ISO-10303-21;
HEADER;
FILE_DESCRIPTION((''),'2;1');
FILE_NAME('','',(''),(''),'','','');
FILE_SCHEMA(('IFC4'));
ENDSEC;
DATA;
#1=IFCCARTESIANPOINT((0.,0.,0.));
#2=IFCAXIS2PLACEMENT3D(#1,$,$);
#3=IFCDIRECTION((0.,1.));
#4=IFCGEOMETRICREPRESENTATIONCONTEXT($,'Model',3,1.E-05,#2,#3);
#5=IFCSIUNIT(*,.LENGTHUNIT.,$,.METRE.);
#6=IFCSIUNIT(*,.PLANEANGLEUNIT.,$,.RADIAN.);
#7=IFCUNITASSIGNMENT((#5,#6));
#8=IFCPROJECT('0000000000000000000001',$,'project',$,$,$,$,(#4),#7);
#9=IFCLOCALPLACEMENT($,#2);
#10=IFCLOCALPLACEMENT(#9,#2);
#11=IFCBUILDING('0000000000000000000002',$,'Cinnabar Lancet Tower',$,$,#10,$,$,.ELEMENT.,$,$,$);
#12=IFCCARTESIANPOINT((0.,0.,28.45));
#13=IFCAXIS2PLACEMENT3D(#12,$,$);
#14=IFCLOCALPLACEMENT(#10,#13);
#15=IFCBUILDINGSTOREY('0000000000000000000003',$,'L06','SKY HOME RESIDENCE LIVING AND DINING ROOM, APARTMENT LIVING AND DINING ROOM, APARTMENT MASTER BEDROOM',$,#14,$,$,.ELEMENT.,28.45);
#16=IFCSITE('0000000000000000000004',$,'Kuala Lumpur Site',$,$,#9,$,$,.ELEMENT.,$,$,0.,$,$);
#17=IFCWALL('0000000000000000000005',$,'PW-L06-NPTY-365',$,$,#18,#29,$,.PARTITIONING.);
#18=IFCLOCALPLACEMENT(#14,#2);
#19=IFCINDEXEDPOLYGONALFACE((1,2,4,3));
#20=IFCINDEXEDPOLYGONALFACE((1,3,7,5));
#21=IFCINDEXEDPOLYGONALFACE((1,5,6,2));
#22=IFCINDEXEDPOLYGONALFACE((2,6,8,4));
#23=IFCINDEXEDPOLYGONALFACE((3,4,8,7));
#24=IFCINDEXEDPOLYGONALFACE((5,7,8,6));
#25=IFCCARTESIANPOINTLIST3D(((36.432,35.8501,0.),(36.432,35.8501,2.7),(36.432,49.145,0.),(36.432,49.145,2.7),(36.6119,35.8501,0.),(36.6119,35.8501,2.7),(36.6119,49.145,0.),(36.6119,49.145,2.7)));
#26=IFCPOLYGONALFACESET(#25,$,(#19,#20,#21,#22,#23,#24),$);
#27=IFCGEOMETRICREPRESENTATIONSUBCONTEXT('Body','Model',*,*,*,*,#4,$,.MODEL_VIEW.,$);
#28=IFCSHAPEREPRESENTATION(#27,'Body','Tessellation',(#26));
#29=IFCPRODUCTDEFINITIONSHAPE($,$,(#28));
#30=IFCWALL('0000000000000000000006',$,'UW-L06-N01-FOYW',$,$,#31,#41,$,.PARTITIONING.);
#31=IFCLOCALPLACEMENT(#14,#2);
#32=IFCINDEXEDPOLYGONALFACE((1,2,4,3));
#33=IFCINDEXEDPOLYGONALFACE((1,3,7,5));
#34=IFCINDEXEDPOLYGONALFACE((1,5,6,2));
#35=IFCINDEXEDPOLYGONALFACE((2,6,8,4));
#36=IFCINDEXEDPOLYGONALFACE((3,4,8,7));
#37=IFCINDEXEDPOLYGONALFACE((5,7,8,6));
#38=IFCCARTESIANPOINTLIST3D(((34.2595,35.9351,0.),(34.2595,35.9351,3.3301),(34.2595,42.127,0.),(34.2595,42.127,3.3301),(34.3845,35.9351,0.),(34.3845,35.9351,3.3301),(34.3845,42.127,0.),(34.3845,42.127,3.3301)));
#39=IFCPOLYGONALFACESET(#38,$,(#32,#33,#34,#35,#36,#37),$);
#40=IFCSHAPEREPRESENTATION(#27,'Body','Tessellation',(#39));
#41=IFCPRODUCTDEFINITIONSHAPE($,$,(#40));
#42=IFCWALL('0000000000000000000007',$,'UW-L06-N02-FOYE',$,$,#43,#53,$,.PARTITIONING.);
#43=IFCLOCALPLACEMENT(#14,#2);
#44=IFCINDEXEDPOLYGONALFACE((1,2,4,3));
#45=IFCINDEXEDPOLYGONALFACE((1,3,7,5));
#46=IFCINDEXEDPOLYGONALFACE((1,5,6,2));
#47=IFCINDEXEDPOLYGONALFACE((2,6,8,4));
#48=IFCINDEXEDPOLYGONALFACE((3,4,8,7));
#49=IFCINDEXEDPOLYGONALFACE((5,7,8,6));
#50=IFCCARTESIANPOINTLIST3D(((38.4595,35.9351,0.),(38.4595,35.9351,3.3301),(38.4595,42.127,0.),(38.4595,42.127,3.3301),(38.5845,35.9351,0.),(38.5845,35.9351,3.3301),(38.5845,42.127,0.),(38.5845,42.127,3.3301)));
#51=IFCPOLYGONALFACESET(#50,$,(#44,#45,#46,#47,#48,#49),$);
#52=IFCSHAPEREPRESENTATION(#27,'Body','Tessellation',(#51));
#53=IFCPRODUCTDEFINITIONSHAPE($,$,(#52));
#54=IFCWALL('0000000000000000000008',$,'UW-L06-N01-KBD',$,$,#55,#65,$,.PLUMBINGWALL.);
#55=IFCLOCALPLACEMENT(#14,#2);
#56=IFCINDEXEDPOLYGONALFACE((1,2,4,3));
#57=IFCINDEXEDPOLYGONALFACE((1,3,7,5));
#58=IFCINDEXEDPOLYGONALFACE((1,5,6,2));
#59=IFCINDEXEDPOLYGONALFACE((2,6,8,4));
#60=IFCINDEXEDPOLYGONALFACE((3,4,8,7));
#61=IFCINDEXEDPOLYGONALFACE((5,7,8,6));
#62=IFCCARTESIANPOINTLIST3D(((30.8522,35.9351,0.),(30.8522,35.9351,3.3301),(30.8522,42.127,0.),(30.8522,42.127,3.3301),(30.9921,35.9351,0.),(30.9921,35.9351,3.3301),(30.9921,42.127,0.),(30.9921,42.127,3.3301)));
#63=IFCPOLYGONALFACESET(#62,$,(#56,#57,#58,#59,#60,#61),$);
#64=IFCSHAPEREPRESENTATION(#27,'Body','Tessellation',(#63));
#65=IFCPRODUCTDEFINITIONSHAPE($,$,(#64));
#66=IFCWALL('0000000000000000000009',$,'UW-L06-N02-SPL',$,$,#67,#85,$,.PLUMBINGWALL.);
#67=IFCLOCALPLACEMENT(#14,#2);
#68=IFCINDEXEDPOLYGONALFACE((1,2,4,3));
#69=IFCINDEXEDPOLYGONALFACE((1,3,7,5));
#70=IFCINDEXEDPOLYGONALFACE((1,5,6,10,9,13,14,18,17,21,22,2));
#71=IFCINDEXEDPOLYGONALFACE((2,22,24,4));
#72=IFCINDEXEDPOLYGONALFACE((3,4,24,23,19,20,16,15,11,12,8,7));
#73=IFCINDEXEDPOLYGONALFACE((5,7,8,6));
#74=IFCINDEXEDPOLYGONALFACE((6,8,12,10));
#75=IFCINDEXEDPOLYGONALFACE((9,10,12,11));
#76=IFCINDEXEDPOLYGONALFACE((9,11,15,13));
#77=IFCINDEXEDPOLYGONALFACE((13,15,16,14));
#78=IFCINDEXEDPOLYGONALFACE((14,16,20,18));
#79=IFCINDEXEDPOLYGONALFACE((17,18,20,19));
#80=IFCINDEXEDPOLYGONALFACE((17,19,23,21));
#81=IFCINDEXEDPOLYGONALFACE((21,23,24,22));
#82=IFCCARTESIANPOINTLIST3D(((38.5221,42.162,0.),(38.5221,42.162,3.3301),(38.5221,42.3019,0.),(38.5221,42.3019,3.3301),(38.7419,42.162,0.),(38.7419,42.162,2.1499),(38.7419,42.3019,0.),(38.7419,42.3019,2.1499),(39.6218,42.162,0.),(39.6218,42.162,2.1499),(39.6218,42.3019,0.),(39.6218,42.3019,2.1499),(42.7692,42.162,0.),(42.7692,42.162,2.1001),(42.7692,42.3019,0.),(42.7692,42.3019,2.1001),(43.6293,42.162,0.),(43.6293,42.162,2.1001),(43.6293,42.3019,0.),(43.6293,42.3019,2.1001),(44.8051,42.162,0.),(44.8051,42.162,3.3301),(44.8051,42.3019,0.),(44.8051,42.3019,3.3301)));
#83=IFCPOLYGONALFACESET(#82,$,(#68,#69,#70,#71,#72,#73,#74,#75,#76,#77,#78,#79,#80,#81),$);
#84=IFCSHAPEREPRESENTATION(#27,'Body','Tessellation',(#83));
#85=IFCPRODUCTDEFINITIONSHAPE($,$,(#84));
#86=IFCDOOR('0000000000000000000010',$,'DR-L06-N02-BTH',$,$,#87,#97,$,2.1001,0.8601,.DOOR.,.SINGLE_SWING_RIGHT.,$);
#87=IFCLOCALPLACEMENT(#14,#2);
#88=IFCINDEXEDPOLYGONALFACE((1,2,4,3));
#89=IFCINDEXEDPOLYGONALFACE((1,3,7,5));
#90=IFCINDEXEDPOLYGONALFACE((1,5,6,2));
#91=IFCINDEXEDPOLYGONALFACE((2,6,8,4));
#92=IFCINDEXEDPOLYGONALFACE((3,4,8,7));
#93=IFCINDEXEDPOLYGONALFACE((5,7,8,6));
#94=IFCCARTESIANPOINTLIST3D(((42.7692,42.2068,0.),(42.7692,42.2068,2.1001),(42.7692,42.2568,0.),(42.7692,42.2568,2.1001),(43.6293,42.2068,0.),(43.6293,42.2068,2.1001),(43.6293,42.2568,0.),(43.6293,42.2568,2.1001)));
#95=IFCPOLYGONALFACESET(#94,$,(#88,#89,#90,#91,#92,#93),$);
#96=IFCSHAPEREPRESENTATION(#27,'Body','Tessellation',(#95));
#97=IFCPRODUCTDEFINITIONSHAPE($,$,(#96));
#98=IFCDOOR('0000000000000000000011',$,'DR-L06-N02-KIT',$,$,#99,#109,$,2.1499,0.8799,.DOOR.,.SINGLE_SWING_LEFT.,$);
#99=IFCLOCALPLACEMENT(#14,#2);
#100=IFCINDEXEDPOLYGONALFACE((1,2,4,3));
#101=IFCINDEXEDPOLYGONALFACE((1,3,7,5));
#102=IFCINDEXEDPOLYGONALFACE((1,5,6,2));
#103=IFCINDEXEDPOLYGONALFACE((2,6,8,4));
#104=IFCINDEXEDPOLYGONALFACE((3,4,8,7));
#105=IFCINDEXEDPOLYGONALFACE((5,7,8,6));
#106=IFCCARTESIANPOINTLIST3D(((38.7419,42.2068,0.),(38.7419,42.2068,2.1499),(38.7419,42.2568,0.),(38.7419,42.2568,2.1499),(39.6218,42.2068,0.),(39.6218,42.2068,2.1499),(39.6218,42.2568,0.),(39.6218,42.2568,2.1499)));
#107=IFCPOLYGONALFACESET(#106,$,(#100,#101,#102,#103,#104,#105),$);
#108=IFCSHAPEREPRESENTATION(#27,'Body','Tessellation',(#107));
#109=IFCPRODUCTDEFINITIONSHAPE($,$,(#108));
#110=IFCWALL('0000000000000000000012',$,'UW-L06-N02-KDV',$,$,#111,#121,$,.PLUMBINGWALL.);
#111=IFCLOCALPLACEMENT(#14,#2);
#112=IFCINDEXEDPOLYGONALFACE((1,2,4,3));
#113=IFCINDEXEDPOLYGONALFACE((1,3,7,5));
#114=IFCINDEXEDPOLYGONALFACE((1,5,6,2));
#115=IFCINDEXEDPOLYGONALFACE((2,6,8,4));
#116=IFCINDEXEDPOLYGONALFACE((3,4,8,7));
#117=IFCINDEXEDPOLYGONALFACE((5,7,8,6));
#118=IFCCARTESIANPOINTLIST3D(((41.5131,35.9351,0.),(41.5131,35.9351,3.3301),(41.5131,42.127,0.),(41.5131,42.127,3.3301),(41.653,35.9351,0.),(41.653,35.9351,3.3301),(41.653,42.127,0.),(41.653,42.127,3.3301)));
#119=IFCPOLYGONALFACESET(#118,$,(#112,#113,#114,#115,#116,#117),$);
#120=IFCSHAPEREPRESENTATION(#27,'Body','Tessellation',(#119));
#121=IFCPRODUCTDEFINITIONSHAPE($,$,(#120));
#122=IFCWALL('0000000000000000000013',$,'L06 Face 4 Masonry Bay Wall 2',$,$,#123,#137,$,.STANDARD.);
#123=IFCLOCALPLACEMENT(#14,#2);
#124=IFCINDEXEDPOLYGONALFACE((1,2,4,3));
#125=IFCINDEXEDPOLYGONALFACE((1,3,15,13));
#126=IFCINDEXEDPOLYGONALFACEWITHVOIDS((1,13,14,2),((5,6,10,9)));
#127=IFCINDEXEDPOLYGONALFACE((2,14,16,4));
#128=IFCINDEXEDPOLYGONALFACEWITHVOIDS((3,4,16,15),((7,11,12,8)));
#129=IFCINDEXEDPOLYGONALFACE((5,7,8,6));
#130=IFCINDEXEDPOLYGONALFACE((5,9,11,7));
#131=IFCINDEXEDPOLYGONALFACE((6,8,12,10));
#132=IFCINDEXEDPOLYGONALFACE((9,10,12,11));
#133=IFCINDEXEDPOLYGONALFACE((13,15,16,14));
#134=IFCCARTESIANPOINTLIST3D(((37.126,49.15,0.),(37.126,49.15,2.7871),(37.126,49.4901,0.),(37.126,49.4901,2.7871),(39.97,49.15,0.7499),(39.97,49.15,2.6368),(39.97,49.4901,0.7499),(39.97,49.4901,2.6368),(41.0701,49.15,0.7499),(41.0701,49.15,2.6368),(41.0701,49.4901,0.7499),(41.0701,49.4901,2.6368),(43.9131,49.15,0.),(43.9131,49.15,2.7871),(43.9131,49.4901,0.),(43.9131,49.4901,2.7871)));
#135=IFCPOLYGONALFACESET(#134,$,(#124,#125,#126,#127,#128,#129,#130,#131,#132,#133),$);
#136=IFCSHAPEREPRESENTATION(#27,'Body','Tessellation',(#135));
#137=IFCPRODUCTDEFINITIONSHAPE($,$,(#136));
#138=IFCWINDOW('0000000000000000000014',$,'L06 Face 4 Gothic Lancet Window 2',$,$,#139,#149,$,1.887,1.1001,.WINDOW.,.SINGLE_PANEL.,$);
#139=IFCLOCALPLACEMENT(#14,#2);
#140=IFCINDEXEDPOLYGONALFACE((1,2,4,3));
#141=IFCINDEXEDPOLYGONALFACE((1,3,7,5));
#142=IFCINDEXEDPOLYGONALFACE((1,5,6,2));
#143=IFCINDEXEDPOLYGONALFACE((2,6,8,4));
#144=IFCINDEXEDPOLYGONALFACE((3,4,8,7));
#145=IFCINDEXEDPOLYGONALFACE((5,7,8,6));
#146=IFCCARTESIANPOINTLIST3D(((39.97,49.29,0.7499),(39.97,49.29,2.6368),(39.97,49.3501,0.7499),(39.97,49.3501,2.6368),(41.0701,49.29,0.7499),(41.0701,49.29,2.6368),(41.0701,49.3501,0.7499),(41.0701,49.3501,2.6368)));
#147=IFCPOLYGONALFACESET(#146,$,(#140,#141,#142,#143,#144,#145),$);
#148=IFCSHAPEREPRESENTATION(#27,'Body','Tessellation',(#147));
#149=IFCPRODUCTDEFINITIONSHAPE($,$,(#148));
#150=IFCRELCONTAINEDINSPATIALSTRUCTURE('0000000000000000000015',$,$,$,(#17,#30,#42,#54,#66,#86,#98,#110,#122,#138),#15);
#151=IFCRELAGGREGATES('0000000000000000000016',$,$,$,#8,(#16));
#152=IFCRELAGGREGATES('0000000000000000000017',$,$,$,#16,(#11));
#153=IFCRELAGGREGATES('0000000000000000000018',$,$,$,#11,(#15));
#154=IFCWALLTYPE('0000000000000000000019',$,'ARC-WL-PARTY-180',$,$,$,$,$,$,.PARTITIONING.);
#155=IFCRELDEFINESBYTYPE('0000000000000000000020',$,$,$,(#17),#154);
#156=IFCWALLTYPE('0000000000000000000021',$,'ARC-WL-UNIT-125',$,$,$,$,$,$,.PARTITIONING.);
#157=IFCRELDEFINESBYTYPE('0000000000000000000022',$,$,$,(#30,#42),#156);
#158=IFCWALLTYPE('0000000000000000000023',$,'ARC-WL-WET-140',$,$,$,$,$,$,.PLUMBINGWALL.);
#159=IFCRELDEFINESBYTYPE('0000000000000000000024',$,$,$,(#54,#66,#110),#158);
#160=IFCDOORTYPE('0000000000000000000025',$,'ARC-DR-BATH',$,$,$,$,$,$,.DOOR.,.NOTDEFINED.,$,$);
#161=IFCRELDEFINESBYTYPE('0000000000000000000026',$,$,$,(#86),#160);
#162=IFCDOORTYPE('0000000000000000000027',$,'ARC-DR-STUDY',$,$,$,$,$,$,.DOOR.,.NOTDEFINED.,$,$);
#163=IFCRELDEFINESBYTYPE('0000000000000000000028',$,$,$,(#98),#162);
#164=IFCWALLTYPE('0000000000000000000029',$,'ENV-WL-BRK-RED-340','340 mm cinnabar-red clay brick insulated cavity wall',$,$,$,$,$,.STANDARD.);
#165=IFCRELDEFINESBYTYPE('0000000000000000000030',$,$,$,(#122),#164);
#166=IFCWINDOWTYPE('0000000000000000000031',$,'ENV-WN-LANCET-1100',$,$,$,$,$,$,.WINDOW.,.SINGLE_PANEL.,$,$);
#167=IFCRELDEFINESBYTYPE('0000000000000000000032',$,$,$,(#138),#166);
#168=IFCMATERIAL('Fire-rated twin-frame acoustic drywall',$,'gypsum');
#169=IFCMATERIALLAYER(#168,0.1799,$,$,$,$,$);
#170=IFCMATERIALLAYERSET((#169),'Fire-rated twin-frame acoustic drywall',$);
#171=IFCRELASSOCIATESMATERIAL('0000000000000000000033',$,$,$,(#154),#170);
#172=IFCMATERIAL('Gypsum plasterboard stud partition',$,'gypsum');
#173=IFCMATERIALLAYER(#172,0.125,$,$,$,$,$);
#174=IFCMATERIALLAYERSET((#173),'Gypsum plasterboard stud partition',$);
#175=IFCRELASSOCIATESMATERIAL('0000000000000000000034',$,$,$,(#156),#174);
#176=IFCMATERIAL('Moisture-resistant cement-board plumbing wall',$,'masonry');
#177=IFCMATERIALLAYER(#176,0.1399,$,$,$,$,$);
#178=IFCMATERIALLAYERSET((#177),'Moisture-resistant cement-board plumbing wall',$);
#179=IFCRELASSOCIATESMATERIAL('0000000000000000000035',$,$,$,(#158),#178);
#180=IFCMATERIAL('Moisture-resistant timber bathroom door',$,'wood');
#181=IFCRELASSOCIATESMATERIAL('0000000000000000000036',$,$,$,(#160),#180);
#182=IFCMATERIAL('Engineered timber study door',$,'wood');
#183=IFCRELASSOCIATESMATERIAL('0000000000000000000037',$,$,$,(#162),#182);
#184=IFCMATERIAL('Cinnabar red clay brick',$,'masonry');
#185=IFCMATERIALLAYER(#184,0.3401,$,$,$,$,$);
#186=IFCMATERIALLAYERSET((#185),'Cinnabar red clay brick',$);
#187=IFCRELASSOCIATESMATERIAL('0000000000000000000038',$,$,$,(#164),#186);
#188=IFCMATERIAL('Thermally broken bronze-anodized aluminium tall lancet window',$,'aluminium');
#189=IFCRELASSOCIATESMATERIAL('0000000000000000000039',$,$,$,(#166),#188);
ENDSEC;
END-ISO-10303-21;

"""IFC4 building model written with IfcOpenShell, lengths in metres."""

from ifc_helpers import new_model, si_unit, direction, frame, frame_2d, origin, place, context, subcontext, project, spatial, rectangle, extrude, material, layer, layer_set, type_object, element, fill, save


model = new_model("IFC4")

# Units and contexts
model_context = context("Model", 3, precision=1e-05, world=origin(), true_north=direction((0.0, 1.0)))
body_context = subcontext(model_context, "Body", "Model", "MODEL_VIEW")
ifc_project = project(units=[si_unit("LENGTHUNIT", "METRE"), si_unit("PLANEANGLEUNIT", "RADIAN")], contexts=[model_context])

# Site, building, storey
site_placement = place(None, origin())
site = spatial("IfcSite", under=ifc_project, at=site_placement, Name="Kuala Lumpur Site", CompositionType="ELEMENT", RefElevation=0.0)
building_placement = place(site_placement, origin())
building = spatial("IfcBuilding", under=site, at=building_placement, Name="Cinnabar Lancet Tower", CompositionType="ELEMENT")
storey_placement = place(building_placement, frame((0.0, 0.0, 28.45)))
storey = spatial("IfcBuildingStorey", under=building, at=storey_placement, Name="L06", Description="SKY HOME RESIDENCE LIVING AND DINING ROOM, APARTMENT LIVING AND DINING ROOM, APARTMENT MASTER BEDROOM", CompositionType="ELEMENT", Elevation=28.45)

# Walls
ifc_material_1 = material(Name="Fire-rated twin-frame acoustic drywall", Category="gypsum")
ifc_layer_1 = layer(ifc_material_1, 0.1799)
ifc_layer_set_1 = layer_set([ifc_layer_1], Name="Fire-rated twin-frame acoustic drywall")
wall_type_1 = type_object("IfcWallType", Name="ARC-WL-PARTY-180", PredefinedType="PARTITIONING", material=ifc_layer_set_1)
wall_1_placement = place(storey_placement, frame((36.522, 35.8501, 0.0), z_axis=(0.0, 0.0, 1.0), x_axis=(0.0, 1.0, 0.0)))
element("IfcWall", 1, at=wall_1_placement, inside=storey, type_object=wall_type_1, Name="PW-L06-NPTY-365", PredefinedType="PARTITIONING", context=body_context, shape_type="SweptSolid", body=[
    extrude(rectangle(XDim=13.2949, YDim=0.1799, at=frame_2d((6.6475, 0.0))), origin(), (0.0, 0.0, 1.0), 2.7),
])
ifc_material_2 = material(Name="Gypsum plasterboard stud partition", Category="gypsum")
ifc_layer_2 = layer(ifc_material_2, 0.125)
ifc_layer_set_2 = layer_set([ifc_layer_2], Name="Gypsum plasterboard stud partition")
wall_type_2 = type_object("IfcWallType", Name="ARC-WL-UNIT-125", PredefinedType="PARTITIONING", material=ifc_layer_set_2)
for number, where, z_axis, x_axis, name in (
    (2, (34.322, 35.9351, 0.0), (0.0, 0.0, 1.0), (0.0, 1.0, 0.0), "UW-L06-N01-FOYW"),
    (3, (38.522, 35.9351, 0.0), (0.0, 0.0, 1.0), (0.0, 1.0, 0.0), "UW-L06-N02-FOYE"),
):
    element("IfcWall", number, at=place(storey_placement, frame(where, z_axis=z_axis, x_axis=x_axis)), inside=storey, type_object=wall_type_2, Name=name, PredefinedType="PARTITIONING", context=body_context, shape_type="SweptSolid", body=[
        extrude(rectangle(XDim=6.1919, YDim=0.125, at=frame_2d((3.0959, 0.0))), origin(), (0.0, 0.0, 1.0), 3.3301),
    ])
ifc_material_3 = material(Name="Moisture-resistant cement-board plumbing wall", Category="masonry")
ifc_layer_3 = layer(ifc_material_3, 0.1399)
ifc_layer_set_3 = layer_set([ifc_layer_3], Name="Moisture-resistant cement-board plumbing wall")
wall_type_3 = type_object("IfcWallType", Name="ARC-WL-WET-140", PredefinedType="PLUMBINGWALL", material=ifc_layer_set_3)
wall_2_placement = place(storey_placement, frame((30.9221, 35.9351, 0.0), z_axis=(0.0, 0.0, 1.0), x_axis=(0.0, 1.0, 0.0)))
element("IfcWall", 4, at=wall_2_placement, inside=storey, type_object=wall_type_3, Name="UW-L06-N01-KBD", PredefinedType="PLUMBINGWALL", context=body_context, shape_type="SweptSolid", body=[
    extrude(rectangle(XDim=6.1919, YDim=0.1399, at=frame_2d((3.0959, 0.0))), origin(), (0.0, 0.0, 1.0), 3.3301),
])

# Wall, openings, doors
wall_3_placement = place(storey_placement, frame((38.522, 42.2319, 0.0), z_axis=(0.0, 0.0, 1.0), x_axis=(1.0, 0.0, 0.0)))
wall_3 = element("IfcWall", 5, at=wall_3_placement, inside=storey, type_object=wall_type_3, Name="UW-L06-N02-SPL", PredefinedType="PLUMBINGWALL", context=body_context, shape_type="SweptSolid", body=[
    extrude(rectangle(XDim=6.283, YDim=0.1399, at=frame_2d((3.1416, 0.0))), origin(), (0.0, 0.0, 1.0), 3.3301),
])
opening_1_placement = place(wall_3_placement, frame((4.2471, 0.0, 0.0)))
opening_1 = element("IfcOpeningElement", 6, at=opening_1_placement, cuts=wall_3, PredefinedType="OPENING", context=body_context, shape_type="SweptSolid", body=[
    extrude(rectangle(XDim=0.8601, YDim=2.1001, at=frame_2d((0.4302, 1.05))), frame((0.0, 0.0798, 0.0), z_axis=(0.0, -1.0, 0.0), x_axis=(1.0, 0.0, 0.0)), (0.0, 0.0, 1.0), 0.1599),
])
opening_2_placement = place(wall_3_placement, frame((0.22, 0.0, 0.0)))
opening_2 = element("IfcOpeningElement", 7, at=opening_2_placement, cuts=wall_3, PredefinedType="OPENING", context=body_context, shape_type="SweptSolid", body=[
    extrude(rectangle(XDim=0.8799, YDim=2.1499, at=frame_2d((0.4399, 1.075))), frame((0.0, 0.0798, 0.0), z_axis=(0.0, -1.0, 0.0), x_axis=(1.0, 0.0, 0.0)), (0.0, 0.0, 1.0), 0.1599),
])
ifc_material_4 = material(Name="Moisture-resistant timber bathroom door", Category="wood")
door_type_1 = type_object("IfcDoorType", Name="ARC-DR-BATH", OperationType="NOTDEFINED", PredefinedType="DOOR", material=ifc_material_4)
door_1_placement = place(opening_1_placement, origin())
door_1 = element("IfcDoor", 8, at=door_1_placement, inside=storey, type_object=door_type_1, Name="DR-L06-N02-BTH", OperationType="SINGLE_SWING_RIGHT", OverallHeight=2.1001, OverallWidth=0.8601, PredefinedType="DOOR", context=body_context, shape_type="SweptSolid", body=[
    extrude(rectangle(XDim=0.8601, YDim=2.1001, at=frame_2d((0.4302, 1.05))), frame((0.0, 0.0249, 0.0), z_axis=(0.0, -1.0, 0.0), x_axis=(1.0, 0.0, 0.0)), (0.0, 0.0, 1.0), 0.05),
])
fill(opening_1, door_1)
ifc_material_5 = material(Name="Engineered timber study door", Category="wood")
door_type_2 = type_object("IfcDoorType", Name="ARC-DR-STUDY", OperationType="NOTDEFINED", PredefinedType="DOOR", material=ifc_material_5)
door_2_placement = place(opening_2_placement, origin())
door_2 = element("IfcDoor", 9, at=door_2_placement, inside=storey, type_object=door_type_2, Name="DR-L06-N02-KIT", OperationType="SINGLE_SWING_LEFT", OverallHeight=2.1499, OverallWidth=0.8799, PredefinedType="DOOR", context=body_context, shape_type="SweptSolid", body=[
    extrude(rectangle(XDim=0.8799, YDim=2.1499, at=frame_2d((0.4399, 1.075))), frame((0.0, 0.0249, 0.0), z_axis=(0.0, -1.0, 0.0), x_axis=(1.0, 0.0, 0.0)), (0.0, 0.0, 1.0), 0.05),
])
fill(opening_2, door_2)

# Wall
wall_4_placement = place(storey_placement, frame((41.583, 35.9351, 0.0), z_axis=(0.0, 0.0, 1.0), x_axis=(0.0, 1.0, 0.0)))
element("IfcWall", 10, at=wall_4_placement, inside=storey, type_object=wall_type_3, Name="UW-L06-N02-KDV", PredefinedType="PLUMBINGWALL", context=body_context, shape_type="SweptSolid", body=[
    extrude(rectangle(XDim=6.1919, YDim=0.1399, at=frame_2d((3.0959, 0.0))), origin(), (0.0, 0.0, 1.0), 3.3301),
])

# Wall, opening, window
ifc_material_6 = material(Name="Cinnabar red clay brick", Category="masonry")
ifc_layer_4 = layer(ifc_material_6, 0.3401)
ifc_layer_set_4 = layer_set([ifc_layer_4], Name="Cinnabar red clay brick")
wall_type_4 = type_object("IfcWallType", Name="ENV-WL-BRK-RED-340", Description="340 mm cinnabar-red clay brick insulated cavity wall", PredefinedType="STANDARD", material=ifc_layer_set_4)
wall_5_placement = place(storey_placement, frame((43.9131, 49.3201, 0.0), z_axis=(0.0, 0.0, 1.0), x_axis=(-1.0, 0.0, 0.0)))
wall_5 = element("IfcWall", 11, at=wall_5_placement, inside=storey, type_object=wall_type_4, Name="L06 Face 4 Masonry Bay Wall 2", PredefinedType="STANDARD", context=body_context, shape_type="SweptSolid", body=[
    extrude(rectangle(XDim=6.7871, YDim=0.3401, at=frame_2d((3.3936, 0.0))), origin(), (0.0, 0.0, 1.0), 2.7871),
])
opening_3_placement = place(wall_5_placement, frame((2.843, 0.0, 0.75)))
opening_3 = element("IfcOpeningElement", 12, at=opening_3_placement, cuts=wall_5, PredefinedType="OPENING", context=body_context, shape_type="SweptSolid", body=[
    extrude(rectangle(XDim=1.1001, YDim=1.887, at=frame_2d((0.55, 0.9434))), frame((0.0, 0.1799, 0.0), z_axis=(0.0, -1.0, 0.0), x_axis=(1.0, 0.0, 0.0)), (0.0, 0.0, 1.0), 0.3601),
])
ifc_material_7 = material(Name="Thermally broken bronze-anodized aluminium tall lancet window", Category="aluminium")
window_type = type_object("IfcWindowType", Name="ENV-WN-LANCET-1100", PartitioningType="SINGLE_PANEL", PredefinedType="WINDOW", material=ifc_material_7)
window_placement = place(opening_3_placement, origin())
window = element("IfcWindow", 13, at=window_placement, inside=storey, type_object=window_type, Name="L06 Face 4 Gothic Lancet Window 2", OverallHeight=1.887, OverallWidth=1.1001, PartitioningType="SINGLE_PANEL", PredefinedType="WINDOW", context=body_context, shape_type="SweptSolid", body=[
    extrude(rectangle(XDim=1.1001, YDim=1.887, at=frame_2d((0.55, 0.9434))), frame((0.0, 0.03, 0.0), z_axis=(0.0, -1.0, 0.0), x_axis=(1.0, 0.0, 0.0)), (0.0, 0.0, 1.0), 0.0601),
])
fill(opening_3, window)

save(model, "model.ifc")
